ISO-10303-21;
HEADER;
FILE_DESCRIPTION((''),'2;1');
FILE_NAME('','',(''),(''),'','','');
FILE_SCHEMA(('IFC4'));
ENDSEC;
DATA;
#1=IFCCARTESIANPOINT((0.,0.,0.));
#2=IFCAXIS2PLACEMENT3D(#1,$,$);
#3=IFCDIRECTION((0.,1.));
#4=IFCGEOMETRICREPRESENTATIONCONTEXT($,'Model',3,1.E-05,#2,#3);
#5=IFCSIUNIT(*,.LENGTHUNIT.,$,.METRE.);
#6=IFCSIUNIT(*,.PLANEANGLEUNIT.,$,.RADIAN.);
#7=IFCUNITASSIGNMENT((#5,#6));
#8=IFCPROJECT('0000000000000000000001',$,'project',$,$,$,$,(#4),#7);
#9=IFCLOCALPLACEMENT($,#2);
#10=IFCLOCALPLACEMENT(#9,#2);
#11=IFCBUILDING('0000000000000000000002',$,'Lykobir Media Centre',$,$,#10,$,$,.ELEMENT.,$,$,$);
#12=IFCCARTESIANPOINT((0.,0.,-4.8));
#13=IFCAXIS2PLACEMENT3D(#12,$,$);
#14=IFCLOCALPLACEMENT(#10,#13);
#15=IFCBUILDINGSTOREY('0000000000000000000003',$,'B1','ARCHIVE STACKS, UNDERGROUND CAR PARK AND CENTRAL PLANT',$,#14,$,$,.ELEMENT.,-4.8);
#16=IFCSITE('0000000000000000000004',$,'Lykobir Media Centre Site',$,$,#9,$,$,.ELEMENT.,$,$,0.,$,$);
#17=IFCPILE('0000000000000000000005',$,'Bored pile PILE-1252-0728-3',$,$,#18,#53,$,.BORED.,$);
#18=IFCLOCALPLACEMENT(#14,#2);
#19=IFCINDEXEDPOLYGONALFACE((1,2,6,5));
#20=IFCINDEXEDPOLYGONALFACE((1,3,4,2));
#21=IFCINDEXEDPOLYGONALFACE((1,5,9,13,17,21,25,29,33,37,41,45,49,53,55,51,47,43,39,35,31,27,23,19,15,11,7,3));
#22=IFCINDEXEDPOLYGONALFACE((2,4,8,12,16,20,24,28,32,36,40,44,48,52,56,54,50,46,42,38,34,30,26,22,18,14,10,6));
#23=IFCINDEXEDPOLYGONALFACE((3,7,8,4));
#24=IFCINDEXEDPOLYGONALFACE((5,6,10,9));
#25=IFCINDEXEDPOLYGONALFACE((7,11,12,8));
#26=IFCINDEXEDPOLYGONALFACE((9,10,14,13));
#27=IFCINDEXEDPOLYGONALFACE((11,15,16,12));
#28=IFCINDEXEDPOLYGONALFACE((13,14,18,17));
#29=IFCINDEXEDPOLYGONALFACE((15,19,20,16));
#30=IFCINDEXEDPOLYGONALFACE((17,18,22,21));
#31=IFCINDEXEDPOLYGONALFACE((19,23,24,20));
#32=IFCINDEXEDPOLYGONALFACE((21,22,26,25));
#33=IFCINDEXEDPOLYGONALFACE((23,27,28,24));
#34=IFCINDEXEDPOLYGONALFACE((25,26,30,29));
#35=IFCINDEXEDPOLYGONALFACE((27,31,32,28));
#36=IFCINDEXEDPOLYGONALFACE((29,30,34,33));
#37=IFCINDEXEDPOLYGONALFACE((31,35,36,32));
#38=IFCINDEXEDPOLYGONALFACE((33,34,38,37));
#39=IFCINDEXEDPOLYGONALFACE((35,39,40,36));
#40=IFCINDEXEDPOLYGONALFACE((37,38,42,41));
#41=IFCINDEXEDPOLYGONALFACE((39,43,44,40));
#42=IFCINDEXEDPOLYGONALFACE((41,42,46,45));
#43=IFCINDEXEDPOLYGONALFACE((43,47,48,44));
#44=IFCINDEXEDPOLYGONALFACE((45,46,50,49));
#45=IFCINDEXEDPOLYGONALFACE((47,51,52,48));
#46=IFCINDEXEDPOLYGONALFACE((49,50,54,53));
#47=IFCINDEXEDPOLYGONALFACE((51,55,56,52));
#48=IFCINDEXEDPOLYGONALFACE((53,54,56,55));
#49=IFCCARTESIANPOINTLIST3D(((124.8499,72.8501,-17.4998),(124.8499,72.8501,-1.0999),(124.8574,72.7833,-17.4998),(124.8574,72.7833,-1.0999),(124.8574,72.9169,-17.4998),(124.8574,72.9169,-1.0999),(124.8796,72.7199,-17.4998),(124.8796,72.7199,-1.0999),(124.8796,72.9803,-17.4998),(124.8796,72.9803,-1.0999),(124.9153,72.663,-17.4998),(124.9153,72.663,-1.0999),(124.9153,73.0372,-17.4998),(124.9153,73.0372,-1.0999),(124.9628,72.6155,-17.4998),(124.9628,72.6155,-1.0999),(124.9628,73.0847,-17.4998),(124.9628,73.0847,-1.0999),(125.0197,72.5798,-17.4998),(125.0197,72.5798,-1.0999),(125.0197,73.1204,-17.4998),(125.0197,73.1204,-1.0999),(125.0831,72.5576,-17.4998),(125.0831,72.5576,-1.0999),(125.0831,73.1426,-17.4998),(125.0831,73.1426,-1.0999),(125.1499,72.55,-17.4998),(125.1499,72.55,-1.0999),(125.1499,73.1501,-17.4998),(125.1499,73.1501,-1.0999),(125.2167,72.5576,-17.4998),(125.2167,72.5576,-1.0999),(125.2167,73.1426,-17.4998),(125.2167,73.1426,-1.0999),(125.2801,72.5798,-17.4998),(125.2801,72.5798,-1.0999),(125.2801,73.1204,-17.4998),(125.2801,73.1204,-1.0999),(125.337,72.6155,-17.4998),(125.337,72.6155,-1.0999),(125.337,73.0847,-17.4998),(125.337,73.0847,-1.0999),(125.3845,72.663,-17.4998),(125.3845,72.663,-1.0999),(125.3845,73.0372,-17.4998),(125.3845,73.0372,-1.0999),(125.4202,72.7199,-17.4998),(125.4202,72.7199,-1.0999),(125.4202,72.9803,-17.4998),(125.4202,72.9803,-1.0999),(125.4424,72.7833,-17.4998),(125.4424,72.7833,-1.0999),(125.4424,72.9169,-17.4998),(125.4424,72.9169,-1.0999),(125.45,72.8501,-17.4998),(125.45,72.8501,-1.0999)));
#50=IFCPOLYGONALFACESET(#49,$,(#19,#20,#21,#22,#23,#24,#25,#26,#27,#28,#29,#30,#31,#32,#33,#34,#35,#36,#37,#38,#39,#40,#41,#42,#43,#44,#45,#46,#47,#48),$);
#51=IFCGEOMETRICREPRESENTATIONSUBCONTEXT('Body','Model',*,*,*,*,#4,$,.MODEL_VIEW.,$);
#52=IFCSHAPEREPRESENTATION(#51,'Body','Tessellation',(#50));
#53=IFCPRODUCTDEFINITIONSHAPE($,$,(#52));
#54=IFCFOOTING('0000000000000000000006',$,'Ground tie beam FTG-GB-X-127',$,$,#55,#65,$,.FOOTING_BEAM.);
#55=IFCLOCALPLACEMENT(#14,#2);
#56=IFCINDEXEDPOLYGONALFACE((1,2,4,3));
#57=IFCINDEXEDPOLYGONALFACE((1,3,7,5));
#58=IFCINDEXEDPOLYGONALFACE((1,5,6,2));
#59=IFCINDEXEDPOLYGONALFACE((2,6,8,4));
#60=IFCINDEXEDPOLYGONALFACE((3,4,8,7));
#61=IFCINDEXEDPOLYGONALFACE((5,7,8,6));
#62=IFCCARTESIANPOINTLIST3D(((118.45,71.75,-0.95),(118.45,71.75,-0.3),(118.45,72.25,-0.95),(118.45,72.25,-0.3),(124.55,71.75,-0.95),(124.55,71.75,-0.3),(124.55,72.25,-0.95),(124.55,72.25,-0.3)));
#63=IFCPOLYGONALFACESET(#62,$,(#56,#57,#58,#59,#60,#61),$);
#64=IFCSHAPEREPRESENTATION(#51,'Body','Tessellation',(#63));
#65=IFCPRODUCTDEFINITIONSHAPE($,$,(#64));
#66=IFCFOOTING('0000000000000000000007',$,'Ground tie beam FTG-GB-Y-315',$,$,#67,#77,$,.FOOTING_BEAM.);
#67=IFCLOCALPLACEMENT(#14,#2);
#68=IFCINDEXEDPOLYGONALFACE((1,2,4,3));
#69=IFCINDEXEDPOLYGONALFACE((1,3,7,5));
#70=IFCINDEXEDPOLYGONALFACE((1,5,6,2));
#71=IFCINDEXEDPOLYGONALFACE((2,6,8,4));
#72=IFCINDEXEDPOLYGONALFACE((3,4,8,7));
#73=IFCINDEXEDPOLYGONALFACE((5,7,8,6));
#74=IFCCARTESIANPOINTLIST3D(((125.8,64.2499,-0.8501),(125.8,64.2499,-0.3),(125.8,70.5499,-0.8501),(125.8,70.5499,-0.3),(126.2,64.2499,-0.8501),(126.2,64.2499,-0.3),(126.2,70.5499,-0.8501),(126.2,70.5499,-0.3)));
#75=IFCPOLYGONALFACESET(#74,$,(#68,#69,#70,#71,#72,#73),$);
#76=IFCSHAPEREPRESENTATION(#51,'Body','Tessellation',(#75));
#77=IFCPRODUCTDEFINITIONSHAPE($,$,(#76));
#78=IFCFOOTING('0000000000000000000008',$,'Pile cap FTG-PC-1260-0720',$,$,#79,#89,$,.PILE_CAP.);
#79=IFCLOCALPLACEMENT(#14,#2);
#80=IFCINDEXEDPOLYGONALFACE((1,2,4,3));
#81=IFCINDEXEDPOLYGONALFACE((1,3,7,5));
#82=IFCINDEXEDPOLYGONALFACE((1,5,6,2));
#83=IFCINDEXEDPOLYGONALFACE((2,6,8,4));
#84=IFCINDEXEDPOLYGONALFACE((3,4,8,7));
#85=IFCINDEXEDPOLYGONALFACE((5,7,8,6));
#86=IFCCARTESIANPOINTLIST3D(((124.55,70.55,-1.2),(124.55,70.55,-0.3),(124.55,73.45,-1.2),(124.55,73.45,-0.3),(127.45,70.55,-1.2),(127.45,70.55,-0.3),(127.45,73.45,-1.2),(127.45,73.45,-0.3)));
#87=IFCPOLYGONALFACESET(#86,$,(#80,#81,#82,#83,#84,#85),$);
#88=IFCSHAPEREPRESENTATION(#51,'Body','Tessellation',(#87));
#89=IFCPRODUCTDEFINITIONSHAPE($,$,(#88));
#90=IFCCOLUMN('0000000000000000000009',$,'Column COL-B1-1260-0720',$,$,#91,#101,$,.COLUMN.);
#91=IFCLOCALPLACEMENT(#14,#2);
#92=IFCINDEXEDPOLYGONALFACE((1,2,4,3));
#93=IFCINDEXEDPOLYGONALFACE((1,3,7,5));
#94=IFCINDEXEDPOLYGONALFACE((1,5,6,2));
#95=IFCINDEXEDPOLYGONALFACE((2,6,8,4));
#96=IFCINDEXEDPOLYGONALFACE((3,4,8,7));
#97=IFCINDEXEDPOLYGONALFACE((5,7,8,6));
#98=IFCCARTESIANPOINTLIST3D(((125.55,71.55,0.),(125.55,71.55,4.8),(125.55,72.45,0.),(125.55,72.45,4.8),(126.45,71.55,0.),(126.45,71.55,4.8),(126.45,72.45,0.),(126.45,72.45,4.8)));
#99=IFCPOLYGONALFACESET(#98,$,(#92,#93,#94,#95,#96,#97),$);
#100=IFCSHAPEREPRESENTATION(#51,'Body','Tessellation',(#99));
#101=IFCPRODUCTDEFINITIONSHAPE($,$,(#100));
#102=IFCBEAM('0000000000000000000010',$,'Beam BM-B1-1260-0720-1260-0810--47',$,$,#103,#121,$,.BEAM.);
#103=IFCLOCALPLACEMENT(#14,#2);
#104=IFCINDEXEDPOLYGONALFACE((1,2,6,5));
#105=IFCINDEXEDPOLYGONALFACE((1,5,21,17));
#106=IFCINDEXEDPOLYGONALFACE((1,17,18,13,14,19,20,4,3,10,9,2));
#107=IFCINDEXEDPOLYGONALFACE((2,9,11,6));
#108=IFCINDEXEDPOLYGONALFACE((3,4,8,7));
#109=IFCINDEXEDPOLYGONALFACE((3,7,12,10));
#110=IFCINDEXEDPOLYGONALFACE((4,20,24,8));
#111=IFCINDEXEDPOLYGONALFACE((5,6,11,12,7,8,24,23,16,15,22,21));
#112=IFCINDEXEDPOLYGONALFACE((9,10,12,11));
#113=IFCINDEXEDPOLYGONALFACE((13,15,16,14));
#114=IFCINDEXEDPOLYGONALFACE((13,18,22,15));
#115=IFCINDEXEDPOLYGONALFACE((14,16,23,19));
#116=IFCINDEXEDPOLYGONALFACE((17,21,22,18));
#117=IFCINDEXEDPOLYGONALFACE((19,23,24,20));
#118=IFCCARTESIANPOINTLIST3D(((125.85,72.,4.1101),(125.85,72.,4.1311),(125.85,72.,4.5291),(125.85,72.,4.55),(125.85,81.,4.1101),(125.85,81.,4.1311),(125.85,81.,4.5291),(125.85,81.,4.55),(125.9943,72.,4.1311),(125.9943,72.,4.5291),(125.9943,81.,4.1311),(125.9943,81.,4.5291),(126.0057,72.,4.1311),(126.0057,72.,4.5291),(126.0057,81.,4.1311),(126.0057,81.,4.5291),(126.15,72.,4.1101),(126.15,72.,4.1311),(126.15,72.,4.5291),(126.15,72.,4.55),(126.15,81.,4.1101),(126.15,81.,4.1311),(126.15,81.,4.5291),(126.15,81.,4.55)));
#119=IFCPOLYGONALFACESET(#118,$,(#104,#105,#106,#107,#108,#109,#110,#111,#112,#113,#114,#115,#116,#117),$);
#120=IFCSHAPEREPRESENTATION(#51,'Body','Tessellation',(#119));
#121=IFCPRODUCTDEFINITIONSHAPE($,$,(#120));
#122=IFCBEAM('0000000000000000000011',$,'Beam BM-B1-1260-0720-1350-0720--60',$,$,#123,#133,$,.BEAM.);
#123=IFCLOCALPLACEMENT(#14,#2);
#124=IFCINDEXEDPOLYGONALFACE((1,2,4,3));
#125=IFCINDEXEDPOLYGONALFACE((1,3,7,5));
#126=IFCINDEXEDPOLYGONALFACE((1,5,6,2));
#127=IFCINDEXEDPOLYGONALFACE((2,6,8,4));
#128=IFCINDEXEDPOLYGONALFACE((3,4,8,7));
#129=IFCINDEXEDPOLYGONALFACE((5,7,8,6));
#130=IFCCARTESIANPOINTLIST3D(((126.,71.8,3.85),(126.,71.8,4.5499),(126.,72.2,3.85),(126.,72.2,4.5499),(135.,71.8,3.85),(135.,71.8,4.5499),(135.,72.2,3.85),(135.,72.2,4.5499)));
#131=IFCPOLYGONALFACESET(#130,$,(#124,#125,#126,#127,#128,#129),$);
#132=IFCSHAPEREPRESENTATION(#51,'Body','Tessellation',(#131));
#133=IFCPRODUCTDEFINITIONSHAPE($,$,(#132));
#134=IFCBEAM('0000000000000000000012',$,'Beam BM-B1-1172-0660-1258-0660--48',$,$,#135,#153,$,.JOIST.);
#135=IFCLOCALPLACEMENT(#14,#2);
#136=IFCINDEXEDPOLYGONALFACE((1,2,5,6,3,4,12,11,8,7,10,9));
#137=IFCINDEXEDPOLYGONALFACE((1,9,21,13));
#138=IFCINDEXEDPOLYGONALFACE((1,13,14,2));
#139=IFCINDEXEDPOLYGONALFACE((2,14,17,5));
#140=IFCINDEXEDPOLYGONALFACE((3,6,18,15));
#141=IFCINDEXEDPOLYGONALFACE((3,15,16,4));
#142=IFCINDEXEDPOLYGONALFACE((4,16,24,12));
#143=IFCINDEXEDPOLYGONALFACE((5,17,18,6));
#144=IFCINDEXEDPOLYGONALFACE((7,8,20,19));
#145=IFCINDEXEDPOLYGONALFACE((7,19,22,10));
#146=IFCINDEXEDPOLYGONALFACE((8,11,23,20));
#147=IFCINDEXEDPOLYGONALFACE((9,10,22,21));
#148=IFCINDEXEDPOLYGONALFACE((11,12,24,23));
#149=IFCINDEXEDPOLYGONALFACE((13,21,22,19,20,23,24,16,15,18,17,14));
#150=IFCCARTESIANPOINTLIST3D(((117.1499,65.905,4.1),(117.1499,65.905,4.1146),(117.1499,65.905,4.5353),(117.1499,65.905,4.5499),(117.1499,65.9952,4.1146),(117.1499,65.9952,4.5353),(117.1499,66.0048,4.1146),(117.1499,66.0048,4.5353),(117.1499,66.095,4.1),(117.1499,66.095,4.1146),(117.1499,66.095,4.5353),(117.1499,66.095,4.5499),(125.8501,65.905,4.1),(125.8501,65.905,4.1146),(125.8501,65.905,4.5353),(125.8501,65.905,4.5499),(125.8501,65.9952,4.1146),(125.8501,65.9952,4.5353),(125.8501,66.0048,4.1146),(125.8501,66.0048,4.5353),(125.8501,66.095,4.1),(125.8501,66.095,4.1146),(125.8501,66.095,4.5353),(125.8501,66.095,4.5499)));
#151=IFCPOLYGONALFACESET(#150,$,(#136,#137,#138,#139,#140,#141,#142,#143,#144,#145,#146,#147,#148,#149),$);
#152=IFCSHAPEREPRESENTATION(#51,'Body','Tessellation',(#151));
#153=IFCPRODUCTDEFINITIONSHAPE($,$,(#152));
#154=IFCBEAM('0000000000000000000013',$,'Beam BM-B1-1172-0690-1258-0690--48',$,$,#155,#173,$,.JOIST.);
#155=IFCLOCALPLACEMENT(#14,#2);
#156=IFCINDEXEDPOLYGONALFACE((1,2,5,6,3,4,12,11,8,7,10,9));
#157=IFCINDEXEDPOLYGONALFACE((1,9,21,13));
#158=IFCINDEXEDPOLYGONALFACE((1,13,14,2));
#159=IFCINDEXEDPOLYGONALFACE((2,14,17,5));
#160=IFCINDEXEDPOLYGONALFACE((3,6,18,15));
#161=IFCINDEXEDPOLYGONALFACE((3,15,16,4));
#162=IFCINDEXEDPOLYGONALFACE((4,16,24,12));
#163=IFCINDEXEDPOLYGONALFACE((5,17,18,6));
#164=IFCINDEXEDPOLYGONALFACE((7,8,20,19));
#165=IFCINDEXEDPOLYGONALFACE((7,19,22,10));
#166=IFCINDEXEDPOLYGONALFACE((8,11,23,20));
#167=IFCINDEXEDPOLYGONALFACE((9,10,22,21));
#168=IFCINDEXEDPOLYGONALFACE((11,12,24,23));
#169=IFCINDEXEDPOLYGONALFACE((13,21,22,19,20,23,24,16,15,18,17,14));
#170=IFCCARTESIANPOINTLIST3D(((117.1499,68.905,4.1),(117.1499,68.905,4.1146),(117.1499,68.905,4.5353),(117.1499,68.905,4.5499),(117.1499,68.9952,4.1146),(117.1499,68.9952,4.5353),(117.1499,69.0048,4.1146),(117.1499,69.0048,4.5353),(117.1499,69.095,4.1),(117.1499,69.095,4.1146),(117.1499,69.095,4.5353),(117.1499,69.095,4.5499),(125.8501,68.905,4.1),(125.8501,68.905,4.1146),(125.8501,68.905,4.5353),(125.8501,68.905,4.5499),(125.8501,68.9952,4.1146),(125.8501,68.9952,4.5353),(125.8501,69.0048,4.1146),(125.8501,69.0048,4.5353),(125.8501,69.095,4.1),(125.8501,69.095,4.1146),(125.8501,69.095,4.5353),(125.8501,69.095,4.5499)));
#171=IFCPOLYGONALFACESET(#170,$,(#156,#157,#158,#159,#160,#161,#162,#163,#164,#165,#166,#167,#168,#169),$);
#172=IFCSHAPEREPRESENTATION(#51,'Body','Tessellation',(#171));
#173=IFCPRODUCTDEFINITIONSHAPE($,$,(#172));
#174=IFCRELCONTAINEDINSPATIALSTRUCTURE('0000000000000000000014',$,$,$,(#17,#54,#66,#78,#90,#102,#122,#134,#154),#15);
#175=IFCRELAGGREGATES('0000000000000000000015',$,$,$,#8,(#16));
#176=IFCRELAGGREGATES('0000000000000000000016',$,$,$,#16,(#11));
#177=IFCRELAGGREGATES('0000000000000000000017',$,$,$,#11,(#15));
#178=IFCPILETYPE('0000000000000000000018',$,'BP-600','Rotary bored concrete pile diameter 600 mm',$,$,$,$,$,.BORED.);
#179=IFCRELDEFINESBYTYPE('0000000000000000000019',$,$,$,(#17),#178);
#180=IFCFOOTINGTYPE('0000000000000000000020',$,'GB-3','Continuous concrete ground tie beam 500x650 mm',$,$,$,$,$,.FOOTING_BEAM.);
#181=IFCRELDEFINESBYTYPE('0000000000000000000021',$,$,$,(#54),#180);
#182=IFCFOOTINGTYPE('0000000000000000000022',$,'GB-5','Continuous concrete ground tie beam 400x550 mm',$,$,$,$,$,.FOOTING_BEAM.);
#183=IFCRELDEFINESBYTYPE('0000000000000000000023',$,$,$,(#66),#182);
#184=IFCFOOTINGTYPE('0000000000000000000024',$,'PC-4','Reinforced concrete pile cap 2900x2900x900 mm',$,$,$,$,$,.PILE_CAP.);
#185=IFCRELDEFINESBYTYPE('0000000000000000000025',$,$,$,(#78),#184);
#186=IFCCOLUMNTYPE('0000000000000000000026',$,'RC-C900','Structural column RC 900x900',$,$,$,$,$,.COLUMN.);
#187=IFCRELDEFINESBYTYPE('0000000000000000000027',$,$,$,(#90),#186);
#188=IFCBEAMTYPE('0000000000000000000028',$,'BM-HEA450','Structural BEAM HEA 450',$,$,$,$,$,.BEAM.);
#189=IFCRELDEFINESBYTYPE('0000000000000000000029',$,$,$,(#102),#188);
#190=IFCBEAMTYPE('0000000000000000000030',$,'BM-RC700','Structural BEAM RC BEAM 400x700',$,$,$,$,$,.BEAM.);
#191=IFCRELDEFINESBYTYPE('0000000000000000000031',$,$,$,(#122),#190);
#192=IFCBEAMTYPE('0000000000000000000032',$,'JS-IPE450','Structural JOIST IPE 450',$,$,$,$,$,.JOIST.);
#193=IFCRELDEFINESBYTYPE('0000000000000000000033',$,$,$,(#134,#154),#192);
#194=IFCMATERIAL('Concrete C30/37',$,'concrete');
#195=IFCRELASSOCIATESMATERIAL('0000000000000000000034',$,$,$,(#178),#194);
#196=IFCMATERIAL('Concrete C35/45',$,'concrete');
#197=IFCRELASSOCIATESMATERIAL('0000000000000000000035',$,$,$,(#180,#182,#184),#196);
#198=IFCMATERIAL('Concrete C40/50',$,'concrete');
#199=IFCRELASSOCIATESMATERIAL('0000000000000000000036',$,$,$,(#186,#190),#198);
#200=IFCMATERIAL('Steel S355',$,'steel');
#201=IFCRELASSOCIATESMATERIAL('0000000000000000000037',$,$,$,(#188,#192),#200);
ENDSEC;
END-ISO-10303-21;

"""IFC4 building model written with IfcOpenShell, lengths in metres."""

from ifc_helpers import new_model, si_unit, direction, frame, origin, origin_2d, place, context, subcontext, project, spatial, rectangle, circle, i_section, extrude, material, material_profile, profile_set, type_object, element, save


model = new_model("IFC4")

# Units and contexts
model_context = context("Model", 3, precision=1e-05, world=origin(), true_north=direction((0.0, 1.0)))
body_context = subcontext(model_context, "Body", "Model", "MODEL_VIEW")
ifc_project = project(units=[si_unit("LENGTHUNIT", "METRE"), si_unit("PLANEANGLEUNIT", "RADIAN")], contexts=[model_context])

# Site, building, storey
site_placement = place(None, origin())
site = spatial("IfcSite", under=ifc_project, at=site_placement, Name="Lykobir Media Centre Site", CompositionType="ELEMENT", RefElevation=0.0)
building_placement = place(site_placement, origin())
building = spatial("IfcBuilding", under=site, at=building_placement, Name="Lykobir Media Centre", CompositionType="ELEMENT")
storey_placement = place(building_placement, frame((0.0, 0.0, -4.8)))
storey = spatial("IfcBuildingStorey", under=building, at=storey_placement, Name="B1", Description="ARCHIVE STACKS, UNDERGROUND CAR PARK AND CENTRAL PLANT", CompositionType="ELEMENT", Elevation=-4.8)

# Pile
ifc_material_1 = material(Name="Concrete C30/37", Category="concrete")
ifc_material_profile_1 = material_profile(ifc_material_1, circle(Radius=0.3, at=origin_2d()), Name="BORED PILE D600")
ifc_profile_set_1 = profile_set([ifc_material_profile_1], Name="Concrete C30/37")
pile_type = type_object("IfcPileType", Name="BP-600", Description="Rotary bored concrete pile diameter 600 mm", PredefinedType="BORED", material=ifc_profile_set_1)
for number, where, z_axis, x_axis, name in (
    (1, (125.1499, 72.8501, -1.0999), (0.0, 0.0, -1.0), (1.0, 0.0, 0.0), "Bored pile PILE-1252-0728-3"),
):
    element("IfcPile", number, at=place(storey_placement, frame(where, z_axis=z_axis, x_axis=x_axis)), inside=storey, type_object=pile_type, Name=name, PredefinedType="BORED", context=body_context, shape_type="SweptSolid", body=[
        extrude(circle(Radius=0.3, at=origin_2d()), origin(), (0.0, 0.0, 1.0), 16.3999),
    ])

# Footings
ifc_material_2 = material(Name="Concrete C35/45", Category="concrete")
footing_type_1 = type_object("IfcFootingType", Name="GB-3", Description="Continuous concrete ground tie beam 500x650 mm", PredefinedType="FOOTING_BEAM", material=ifc_material_2)
footing_1_placement = place(storey_placement, frame((121.5, 72.0, -0.95), z_axis=(0.0, 0.0, 1.0), x_axis=(1.0, 0.0, 0.0)))
element("IfcFooting", 2, at=footing_1_placement, inside=storey, type_object=footing_type_1, Name="Ground tie beam FTG-GB-X-127", PredefinedType="FOOTING_BEAM", context=body_context, shape_type="SweptSolid", body=[
    extrude(rectangle(XDim=6.1001, YDim=0.5, at=origin_2d()), origin(), (0.0, 0.0, 1.0), 0.6499),
])
footing_type_2 = type_object("IfcFootingType", Name="GB-5", Description="Continuous concrete ground tie beam 400x550 mm", PredefinedType="FOOTING_BEAM", material=ifc_material_2)
footing_2_placement = place(storey_placement, frame((126.0, 67.3999, -0.8501), z_axis=(0.0, 0.0, 1.0), x_axis=(0.0, 1.0, 0.0)))
element("IfcFooting", 3, at=footing_2_placement, inside=storey, type_object=footing_type_2, Name="Ground tie beam FTG-GB-Y-315", PredefinedType="FOOTING_BEAM", context=body_context, shape_type="SweptSolid", body=[
    extrude(rectangle(XDim=6.3, YDim=0.3999, at=origin_2d()), origin(), (0.0, 0.0, 1.0), 0.55),
])
footing_type_3 = type_object("IfcFootingType", Name="PC-4", Description="Reinforced concrete pile cap 2900x2900x900 mm", PredefinedType="PILE_CAP", material=ifc_material_2)
footing_3_placement = place(storey_placement, frame((126.0, 72.0, -1.2), z_axis=(0.0, 0.0, 1.0), x_axis=(1.0, 0.0, 0.0)))
element("IfcFooting", 4, at=footing_3_placement, inside=storey, type_object=footing_type_3, Name="Pile cap FTG-PC-1260-0720", PredefinedType="PILE_CAP", context=body_context, shape_type="SweptSolid", body=[
    extrude(rectangle(XDim=2.8999, YDim=2.8999, at=origin_2d()), origin(), (0.0, 0.0, 1.0), 0.8999),
])

# Column
ifc_material_3 = material(Name="Concrete C40/50", Category="concrete")
ifc_material_profile_2 = material_profile(ifc_material_3, rectangle(XDim=0.8999, YDim=0.8999, at=origin_2d()), Name="RC 900x900")
ifc_profile_set_2 = profile_set([ifc_material_profile_2], Name="Concrete C40/50")
column_type = type_object("IfcColumnType", Name="RC-C900", Description="Structural column RC 900x900", PredefinedType="COLUMN", material=ifc_profile_set_2)
column_placement = place(storey_placement, frame((126.0, 72.0, 0.0), z_axis=(0.0, 0.0, 1.0), x_axis=(1.0, 0.0, 0.0)))
element("IfcColumn", 5, at=column_placement, inside=storey, type_object=column_type, Name="Column COL-B1-1260-0720", PredefinedType="COLUMN", context=body_context, shape_type="SweptSolid", body=[
    extrude(rectangle(XDim=0.8999, YDim=0.8999, at=origin_2d()), origin(), (0.0, 0.0, 1.0), 4.8),
])

# Beams
ifc_material_4 = material(Name="Steel S355", Category="steel")
ifc_material_profile_3 = material_profile(ifc_material_4, i_section(OverallWidth=0.3, OverallDepth=0.4399, WebThickness=0.0115, FlangeThickness=0.021, at=origin_2d()), Name="HEA 450")
ifc_profile_set_3 = profile_set([ifc_material_profile_3], Name="Steel S355")
beam_type_1 = type_object("IfcBeamType", Name="BM-HEA450", Description="Structural BEAM HEA 450", PredefinedType="BEAM", material=ifc_profile_set_3)
beam_1_placement = place(storey_placement, frame((126.0, 72.0, 4.3301), z_axis=(0.0, 1.0, 0.0), x_axis=(-1.0, 0.0, 0.0)))
element("IfcBeam", 6, at=beam_1_placement, inside=storey, type_object=beam_type_1, Name="Beam BM-B1-1260-0720-1260-0810--47", PredefinedType="BEAM", context=body_context, shape_type="SweptSolid", body=[
    extrude(i_section(OverallWidth=0.3, OverallDepth=0.4399, WebThickness=0.0115, FlangeThickness=0.021, at=origin_2d()), origin(), (0.0, 0.0, 1.0), 9.0),
])
ifc_material_profile_4 = material_profile(ifc_material_3, rectangle(XDim=0.3999, YDim=0.7, at=origin_2d()), Name="RC BEAM 400x700")
ifc_profile_set_4 = profile_set([ifc_material_profile_4], Name="Concrete C40/50")
beam_type_2 = type_object("IfcBeamType", Name="BM-RC700", Description="Structural BEAM RC BEAM 400x700", PredefinedType="BEAM", material=ifc_profile_set_4)
beam_2_placement = place(storey_placement, frame((126.0, 72.0, 4.2), z_axis=(1.0, 0.0, 0.0), x_axis=(0.0, 1.0, 0.0)))
element("IfcBeam", 7, at=beam_2_placement, inside=storey, type_object=beam_type_2, Name="Beam BM-B1-1260-0720-1350-0720--60", PredefinedType="BEAM", context=body_context, shape_type="SweptSolid", body=[
    extrude(rectangle(XDim=0.3999, YDim=0.7, at=origin_2d()), origin(), (0.0, 0.0, 1.0), 9.0),
])
ifc_material_profile_5 = material_profile(ifc_material_4, i_section(OverallWidth=0.1899, OverallDepth=0.45, WebThickness=0.0095, FlangeThickness=0.0146, at=origin_2d()), Name="IPE 450")
ifc_profile_set_5 = profile_set([ifc_material_profile_5], Name="Steel S355")
beam_type_3 = type_object("IfcBeamType", Name="JS-IPE450", Description="Structural JOIST IPE 450", PredefinedType="JOIST", material=ifc_profile_set_5)
for number, where, z_axis, x_axis, name in (
    (8, (117.1499, 66.0, 4.325), (1.0, 0.0, 0.0), (0.0, 1.0, 0.0), "Beam BM-B1-1172-0660-1258-0660--48"),
    (9, (117.1499, 69.0, 4.325), (1.0, 0.0, 0.0), (0.0, 1.0, 0.0), "Beam BM-B1-1172-0690-1258-0690--48"),
):
    element("IfcBeam", number, at=place(storey_placement, frame(where, z_axis=z_axis, x_axis=x_axis)), inside=storey, type_object=beam_type_3, Name=name, PredefinedType="JOIST", context=body_context, shape_type="SweptSolid", body=[
        extrude(i_section(OverallWidth=0.1899, OverallDepth=0.45, WebThickness=0.0095, FlangeThickness=0.0146, at=origin_2d()), origin(), (0.0, 0.0, 1.0), 8.7002),
    ])

save(model, "model.ifc")
